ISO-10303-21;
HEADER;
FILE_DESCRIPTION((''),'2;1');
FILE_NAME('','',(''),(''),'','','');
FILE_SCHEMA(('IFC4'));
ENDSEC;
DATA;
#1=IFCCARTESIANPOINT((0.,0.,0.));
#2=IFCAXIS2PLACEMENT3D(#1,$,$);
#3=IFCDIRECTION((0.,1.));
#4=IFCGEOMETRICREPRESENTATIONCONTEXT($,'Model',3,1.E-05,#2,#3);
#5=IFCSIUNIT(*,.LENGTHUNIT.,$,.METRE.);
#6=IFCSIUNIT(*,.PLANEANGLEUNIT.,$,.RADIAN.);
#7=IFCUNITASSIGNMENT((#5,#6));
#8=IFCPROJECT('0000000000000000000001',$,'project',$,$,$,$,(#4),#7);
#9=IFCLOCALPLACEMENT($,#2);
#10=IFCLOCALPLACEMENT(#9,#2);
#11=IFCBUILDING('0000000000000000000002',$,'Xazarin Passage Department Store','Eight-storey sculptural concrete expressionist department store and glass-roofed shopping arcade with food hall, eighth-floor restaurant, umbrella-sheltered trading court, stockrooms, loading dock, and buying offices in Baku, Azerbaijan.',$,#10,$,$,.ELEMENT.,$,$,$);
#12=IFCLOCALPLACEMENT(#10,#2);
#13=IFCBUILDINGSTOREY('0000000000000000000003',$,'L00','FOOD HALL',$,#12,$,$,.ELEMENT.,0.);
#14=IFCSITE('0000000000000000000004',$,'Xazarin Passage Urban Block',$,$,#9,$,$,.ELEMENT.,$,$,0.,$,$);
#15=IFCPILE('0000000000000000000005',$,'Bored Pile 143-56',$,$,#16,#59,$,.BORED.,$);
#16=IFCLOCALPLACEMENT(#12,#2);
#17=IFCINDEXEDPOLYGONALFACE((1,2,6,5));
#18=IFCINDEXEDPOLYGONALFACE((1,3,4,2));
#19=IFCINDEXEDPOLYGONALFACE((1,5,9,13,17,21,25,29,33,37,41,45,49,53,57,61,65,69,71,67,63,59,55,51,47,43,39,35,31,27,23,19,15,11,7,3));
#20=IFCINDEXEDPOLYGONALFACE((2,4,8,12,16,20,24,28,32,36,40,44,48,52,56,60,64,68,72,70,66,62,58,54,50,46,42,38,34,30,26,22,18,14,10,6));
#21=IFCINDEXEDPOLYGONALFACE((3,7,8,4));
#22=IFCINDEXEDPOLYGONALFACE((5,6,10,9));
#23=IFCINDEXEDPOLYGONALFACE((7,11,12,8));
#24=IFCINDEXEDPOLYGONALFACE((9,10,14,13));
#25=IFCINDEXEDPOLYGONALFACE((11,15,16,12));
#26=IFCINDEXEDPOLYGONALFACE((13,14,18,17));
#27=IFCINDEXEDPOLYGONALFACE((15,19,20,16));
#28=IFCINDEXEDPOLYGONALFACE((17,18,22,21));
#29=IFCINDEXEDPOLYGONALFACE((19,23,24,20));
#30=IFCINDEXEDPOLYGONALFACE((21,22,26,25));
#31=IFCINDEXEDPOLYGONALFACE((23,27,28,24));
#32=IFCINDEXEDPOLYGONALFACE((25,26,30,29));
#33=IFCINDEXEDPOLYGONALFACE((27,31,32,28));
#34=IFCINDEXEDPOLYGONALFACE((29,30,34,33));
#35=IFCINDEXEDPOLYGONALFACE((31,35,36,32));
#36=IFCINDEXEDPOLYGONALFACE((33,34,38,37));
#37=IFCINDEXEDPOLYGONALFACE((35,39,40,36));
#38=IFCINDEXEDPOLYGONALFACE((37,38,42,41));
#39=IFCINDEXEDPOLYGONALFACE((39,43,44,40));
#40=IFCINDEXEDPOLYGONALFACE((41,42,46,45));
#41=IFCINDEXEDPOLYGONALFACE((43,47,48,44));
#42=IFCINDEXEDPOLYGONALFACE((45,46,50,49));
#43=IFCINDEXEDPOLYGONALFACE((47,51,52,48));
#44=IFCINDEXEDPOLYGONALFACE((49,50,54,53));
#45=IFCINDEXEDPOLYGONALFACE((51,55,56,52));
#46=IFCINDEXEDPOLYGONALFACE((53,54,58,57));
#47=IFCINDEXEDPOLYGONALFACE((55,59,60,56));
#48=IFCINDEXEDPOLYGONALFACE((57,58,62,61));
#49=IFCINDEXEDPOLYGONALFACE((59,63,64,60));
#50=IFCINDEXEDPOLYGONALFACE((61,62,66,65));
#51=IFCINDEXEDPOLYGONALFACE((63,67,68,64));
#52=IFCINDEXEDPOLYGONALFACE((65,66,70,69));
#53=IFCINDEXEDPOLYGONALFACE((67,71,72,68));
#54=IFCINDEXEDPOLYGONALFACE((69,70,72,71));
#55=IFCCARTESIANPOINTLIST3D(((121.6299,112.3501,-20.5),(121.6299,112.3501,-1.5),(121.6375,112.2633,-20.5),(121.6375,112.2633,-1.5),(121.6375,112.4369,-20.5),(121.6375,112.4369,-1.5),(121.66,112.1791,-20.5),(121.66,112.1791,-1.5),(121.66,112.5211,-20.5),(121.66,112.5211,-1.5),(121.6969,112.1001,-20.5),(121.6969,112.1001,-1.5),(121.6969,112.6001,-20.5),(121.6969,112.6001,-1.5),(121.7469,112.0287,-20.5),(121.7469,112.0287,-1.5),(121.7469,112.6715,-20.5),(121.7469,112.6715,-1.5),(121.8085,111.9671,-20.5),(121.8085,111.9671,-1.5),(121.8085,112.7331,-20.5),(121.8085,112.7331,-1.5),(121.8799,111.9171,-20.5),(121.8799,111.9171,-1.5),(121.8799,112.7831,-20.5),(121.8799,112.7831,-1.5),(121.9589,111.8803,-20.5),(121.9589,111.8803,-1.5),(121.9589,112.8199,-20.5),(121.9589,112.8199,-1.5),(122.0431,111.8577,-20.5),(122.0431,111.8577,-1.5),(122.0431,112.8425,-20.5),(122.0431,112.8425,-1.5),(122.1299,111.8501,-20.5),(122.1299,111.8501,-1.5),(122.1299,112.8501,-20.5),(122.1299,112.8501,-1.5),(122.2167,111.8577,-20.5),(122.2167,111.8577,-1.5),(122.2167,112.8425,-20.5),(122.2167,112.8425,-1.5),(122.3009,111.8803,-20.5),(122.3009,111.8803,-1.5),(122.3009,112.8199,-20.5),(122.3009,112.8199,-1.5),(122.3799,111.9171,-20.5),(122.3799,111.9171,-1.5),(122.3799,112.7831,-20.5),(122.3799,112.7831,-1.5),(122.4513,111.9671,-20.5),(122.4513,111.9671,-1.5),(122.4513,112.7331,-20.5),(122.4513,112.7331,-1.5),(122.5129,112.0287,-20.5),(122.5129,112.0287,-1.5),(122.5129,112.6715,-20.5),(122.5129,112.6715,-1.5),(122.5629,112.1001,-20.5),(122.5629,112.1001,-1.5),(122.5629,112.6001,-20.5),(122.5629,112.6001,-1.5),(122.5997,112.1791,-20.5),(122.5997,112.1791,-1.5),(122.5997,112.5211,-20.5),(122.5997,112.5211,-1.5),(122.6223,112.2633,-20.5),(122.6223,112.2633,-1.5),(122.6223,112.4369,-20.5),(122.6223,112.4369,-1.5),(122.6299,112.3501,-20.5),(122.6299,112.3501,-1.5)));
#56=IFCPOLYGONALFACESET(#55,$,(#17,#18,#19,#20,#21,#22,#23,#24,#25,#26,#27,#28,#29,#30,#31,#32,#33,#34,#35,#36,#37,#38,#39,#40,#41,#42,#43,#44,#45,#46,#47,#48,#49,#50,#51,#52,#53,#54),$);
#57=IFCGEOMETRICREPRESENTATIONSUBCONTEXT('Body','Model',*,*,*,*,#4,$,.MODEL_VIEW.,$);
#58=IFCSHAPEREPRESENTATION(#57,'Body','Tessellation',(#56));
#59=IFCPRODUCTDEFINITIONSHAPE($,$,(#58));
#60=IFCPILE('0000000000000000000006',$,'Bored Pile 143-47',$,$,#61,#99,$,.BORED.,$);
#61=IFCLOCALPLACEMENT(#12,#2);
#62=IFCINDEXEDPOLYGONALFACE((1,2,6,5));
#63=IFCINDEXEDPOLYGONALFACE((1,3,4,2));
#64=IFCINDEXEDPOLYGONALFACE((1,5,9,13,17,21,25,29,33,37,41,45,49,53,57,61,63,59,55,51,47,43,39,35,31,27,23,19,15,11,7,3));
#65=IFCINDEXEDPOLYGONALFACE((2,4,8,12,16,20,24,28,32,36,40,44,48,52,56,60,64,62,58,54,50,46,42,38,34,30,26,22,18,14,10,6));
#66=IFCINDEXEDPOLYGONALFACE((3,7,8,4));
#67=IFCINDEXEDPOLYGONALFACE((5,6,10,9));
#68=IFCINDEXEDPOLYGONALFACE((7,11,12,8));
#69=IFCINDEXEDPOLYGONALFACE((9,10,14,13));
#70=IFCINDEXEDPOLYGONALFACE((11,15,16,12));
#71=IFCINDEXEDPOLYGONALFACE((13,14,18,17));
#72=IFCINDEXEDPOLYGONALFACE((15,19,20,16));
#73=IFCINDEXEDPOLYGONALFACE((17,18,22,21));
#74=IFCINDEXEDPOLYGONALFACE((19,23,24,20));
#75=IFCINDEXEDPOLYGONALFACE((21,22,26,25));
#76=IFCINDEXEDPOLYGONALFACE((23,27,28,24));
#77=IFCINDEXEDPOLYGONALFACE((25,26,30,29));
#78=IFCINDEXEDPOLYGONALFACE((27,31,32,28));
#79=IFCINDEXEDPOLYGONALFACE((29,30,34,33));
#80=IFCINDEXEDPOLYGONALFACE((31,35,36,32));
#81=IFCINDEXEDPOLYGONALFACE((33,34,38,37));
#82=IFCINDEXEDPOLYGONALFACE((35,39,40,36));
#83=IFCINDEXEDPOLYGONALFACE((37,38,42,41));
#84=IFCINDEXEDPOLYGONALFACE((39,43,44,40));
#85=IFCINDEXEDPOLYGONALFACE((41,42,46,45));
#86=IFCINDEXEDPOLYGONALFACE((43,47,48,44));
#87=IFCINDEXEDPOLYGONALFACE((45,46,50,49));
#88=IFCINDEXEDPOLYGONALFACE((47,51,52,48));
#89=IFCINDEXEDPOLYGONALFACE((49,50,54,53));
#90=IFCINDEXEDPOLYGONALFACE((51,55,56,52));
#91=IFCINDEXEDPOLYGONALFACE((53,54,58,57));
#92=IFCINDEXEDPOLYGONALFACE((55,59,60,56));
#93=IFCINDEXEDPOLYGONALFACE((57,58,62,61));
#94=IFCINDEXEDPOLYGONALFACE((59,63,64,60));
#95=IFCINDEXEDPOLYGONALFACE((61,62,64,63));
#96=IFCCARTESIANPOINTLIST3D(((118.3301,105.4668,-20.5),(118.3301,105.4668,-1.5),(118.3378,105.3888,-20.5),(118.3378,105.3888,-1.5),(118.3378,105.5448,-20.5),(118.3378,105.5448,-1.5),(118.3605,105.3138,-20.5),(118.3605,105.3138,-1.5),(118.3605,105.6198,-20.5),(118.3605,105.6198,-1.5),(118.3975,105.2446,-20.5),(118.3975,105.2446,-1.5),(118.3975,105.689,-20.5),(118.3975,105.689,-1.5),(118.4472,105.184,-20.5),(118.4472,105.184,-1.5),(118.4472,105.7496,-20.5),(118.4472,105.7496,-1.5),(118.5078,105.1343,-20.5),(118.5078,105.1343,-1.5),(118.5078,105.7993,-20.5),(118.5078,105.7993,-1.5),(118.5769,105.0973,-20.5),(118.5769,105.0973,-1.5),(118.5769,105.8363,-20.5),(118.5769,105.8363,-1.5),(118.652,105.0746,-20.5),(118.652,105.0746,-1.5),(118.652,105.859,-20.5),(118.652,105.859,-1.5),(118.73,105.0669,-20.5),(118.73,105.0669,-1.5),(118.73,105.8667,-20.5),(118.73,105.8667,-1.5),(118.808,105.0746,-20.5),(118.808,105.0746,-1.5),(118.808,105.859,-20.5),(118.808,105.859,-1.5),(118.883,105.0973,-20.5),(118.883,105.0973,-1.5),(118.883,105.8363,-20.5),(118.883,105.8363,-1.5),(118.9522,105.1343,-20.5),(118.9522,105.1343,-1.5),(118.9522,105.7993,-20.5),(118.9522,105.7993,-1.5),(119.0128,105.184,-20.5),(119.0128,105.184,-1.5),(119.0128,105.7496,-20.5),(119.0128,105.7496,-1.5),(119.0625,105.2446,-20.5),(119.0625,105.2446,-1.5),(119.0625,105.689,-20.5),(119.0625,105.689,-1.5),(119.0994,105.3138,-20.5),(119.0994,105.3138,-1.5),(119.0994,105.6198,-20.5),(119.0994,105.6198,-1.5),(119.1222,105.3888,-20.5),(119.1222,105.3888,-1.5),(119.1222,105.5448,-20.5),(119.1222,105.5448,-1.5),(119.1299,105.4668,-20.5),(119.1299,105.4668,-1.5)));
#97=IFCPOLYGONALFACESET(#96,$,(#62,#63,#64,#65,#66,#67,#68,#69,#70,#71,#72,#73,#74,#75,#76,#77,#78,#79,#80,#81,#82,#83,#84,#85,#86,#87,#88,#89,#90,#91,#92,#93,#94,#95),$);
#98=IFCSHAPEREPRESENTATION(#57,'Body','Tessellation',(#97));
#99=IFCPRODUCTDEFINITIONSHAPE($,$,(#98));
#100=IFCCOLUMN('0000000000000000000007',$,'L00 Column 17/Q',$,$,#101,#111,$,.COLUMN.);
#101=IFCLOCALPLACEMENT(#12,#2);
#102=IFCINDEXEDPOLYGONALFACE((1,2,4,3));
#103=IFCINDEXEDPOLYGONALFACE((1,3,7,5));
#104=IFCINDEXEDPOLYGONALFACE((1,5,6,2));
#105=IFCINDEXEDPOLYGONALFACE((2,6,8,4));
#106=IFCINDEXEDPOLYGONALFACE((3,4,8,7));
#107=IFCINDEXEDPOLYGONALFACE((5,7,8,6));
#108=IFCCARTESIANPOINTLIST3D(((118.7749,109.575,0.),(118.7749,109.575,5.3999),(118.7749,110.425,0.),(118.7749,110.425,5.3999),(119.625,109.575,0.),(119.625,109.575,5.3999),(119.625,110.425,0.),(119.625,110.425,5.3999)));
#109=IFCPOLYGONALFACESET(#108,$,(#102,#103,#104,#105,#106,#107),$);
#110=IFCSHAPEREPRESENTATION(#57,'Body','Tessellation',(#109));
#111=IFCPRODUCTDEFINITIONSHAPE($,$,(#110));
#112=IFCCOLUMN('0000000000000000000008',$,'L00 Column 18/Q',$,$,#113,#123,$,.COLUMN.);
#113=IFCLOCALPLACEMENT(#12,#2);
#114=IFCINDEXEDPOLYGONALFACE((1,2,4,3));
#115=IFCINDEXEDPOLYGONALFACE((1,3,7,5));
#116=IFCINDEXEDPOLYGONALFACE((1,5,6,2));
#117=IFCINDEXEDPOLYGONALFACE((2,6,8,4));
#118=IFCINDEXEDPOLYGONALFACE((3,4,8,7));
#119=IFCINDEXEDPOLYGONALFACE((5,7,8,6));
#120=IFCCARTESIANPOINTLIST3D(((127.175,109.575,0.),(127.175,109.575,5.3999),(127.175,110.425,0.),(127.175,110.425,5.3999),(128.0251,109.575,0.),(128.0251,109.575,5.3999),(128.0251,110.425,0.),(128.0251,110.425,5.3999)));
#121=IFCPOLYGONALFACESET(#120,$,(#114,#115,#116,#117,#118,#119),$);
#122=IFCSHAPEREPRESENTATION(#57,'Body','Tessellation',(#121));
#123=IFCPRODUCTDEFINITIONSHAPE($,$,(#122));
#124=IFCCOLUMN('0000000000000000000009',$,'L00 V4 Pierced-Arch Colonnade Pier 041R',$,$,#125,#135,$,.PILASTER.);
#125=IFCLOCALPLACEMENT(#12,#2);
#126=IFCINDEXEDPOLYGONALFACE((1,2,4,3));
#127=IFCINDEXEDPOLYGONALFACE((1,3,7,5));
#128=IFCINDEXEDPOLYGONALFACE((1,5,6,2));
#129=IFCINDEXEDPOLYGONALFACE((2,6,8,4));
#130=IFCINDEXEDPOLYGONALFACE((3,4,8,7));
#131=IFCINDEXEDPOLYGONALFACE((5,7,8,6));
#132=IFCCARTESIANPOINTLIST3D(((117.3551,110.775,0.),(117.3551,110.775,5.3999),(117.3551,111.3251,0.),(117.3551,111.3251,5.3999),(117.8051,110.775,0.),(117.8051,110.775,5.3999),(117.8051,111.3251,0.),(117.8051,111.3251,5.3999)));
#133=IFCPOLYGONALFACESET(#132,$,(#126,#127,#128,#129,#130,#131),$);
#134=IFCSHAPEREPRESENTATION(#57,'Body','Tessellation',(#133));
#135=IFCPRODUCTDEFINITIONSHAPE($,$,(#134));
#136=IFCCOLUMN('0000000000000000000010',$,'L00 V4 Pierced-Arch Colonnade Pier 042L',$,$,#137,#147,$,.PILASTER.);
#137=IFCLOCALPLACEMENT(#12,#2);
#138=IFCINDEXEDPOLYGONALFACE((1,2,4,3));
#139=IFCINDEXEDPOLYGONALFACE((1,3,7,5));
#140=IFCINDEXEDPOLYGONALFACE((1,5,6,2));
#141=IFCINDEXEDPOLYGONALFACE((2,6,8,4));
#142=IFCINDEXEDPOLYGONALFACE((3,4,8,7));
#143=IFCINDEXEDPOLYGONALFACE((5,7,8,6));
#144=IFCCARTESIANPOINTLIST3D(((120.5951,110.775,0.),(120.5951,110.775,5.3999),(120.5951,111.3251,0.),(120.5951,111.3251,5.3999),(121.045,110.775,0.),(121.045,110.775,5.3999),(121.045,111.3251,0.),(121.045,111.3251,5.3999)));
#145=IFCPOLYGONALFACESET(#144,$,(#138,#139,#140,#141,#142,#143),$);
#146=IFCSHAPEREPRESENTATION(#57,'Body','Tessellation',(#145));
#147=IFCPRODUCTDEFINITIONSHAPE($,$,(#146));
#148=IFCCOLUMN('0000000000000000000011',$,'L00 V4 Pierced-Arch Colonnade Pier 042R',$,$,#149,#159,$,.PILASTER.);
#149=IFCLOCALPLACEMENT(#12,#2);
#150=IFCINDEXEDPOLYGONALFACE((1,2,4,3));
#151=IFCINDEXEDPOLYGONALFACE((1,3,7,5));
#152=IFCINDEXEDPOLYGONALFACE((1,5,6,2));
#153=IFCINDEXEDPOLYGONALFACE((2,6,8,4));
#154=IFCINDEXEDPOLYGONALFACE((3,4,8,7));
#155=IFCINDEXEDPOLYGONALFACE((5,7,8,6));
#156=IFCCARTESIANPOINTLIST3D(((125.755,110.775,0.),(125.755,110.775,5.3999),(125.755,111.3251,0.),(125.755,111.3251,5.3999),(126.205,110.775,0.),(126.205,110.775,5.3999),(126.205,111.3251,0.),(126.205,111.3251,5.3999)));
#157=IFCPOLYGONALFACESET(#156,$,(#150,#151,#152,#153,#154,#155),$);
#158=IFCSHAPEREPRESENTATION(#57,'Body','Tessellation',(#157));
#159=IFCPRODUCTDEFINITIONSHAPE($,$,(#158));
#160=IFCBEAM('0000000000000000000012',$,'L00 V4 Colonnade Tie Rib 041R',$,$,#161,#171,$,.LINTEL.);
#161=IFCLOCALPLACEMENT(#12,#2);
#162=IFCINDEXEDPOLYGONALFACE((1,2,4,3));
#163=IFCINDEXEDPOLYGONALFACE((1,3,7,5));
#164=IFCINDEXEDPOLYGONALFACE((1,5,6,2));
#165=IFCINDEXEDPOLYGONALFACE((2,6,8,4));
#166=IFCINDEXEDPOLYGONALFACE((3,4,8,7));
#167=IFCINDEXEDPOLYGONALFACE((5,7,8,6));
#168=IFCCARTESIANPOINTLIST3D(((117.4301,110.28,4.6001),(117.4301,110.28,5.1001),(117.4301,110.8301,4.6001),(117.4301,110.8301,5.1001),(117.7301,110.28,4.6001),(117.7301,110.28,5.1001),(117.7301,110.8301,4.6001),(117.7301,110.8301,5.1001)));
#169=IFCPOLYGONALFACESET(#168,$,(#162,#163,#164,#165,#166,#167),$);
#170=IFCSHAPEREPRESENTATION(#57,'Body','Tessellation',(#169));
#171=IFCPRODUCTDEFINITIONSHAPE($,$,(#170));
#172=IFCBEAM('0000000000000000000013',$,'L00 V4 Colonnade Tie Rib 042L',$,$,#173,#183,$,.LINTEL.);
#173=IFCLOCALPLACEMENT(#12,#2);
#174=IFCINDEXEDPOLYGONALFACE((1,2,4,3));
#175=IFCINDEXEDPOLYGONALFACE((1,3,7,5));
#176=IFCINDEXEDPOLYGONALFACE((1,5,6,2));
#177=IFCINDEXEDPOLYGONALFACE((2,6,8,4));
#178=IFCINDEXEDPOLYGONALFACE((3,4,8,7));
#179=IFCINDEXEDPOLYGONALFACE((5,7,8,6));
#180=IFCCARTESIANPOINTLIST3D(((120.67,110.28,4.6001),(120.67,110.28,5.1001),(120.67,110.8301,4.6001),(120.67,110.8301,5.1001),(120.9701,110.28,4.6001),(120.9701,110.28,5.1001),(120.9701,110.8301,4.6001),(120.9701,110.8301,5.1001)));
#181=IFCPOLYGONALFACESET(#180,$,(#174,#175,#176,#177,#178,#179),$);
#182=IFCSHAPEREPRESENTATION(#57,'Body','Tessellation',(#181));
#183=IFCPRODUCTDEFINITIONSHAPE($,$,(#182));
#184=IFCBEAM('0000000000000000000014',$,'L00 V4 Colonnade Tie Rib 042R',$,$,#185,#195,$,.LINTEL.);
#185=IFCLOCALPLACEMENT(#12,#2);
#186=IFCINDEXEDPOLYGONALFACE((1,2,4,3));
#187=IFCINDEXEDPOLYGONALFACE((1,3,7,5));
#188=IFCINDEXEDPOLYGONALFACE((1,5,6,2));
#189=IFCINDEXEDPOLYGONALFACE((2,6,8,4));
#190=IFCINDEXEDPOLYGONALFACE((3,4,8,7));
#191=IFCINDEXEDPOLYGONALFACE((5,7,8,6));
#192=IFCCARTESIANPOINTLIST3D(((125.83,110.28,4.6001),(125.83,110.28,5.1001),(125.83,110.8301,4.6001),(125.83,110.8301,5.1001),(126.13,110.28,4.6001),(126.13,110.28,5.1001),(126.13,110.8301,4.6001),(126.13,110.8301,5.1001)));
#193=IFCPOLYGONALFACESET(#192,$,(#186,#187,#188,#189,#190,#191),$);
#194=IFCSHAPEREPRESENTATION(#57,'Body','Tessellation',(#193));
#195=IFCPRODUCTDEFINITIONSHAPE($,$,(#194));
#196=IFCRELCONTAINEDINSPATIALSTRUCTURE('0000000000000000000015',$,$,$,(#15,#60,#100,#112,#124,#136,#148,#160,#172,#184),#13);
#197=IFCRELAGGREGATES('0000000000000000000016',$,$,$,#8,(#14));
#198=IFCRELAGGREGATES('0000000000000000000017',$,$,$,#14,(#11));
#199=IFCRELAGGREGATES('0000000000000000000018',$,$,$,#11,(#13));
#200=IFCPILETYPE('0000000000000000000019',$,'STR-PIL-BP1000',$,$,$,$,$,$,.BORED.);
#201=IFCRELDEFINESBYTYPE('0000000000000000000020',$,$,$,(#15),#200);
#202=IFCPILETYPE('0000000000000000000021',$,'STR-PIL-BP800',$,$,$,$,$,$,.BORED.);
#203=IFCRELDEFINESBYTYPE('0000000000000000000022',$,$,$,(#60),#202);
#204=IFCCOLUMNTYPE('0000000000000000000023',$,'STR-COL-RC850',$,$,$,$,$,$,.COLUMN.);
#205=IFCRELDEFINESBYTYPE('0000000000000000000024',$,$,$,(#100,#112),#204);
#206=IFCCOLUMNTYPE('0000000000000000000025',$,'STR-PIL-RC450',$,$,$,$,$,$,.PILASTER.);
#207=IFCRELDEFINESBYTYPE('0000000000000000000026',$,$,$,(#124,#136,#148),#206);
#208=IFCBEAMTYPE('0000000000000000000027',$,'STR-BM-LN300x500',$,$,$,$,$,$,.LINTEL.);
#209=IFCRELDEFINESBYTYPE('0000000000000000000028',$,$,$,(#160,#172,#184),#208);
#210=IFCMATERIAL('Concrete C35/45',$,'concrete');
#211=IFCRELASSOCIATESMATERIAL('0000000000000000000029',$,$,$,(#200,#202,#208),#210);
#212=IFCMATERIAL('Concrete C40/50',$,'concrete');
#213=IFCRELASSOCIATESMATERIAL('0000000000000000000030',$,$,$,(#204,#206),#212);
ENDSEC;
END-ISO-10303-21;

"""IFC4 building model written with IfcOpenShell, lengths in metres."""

from ifc_helpers import new_model, si_unit, direction, frame, origin, origin_2d, place, context, subcontext, project, spatial, rectangle, circle, extrude, material, material_profile, profile_set, type_object, element, save


model = new_model("IFC4")

# Units and contexts
model_context = context("Model", 3, precision=1e-05, world=origin(), true_north=direction((0.0, 1.0)))
body_context = subcontext(model_context, "Body", "Model", "MODEL_VIEW")
ifc_project = project(units=[si_unit("LENGTHUNIT", "METRE"), si_unit("PLANEANGLEUNIT", "RADIAN")], contexts=[model_context])

# Site, building, storey
site_placement = place(None, origin())
site = spatial("IfcSite", under=ifc_project, at=site_placement, Name="Xazarin Passage Urban Block", CompositionType="ELEMENT", RefElevation=0.0)
building_placement = place(site_placement, origin())
building = spatial("IfcBuilding", under=site, at=building_placement, Name="Xazarin Passage Department Store", Description="Eight-storey sculptural concrete expressionist department store and glass-roofed shopping arcade with food hall, eighth-floor restaurant, umbrella-sheltered trading court, stockrooms, loading dock, and buying offices in Baku, Azerbaijan.", CompositionType="ELEMENT")
storey_placement = place(building_placement, origin())
storey = spatial("IfcBuildingStorey", under=building, at=storey_placement, Name="L00", Description="FOOD HALL", CompositionType="ELEMENT", Elevation=0.0)

# Piles
ifc_material_1 = material(Name="Concrete C35/45", Category="concrete")
ifc_material_profile_1 = material_profile(ifc_material_1, circle(Radius=0.5, at=origin_2d()), Name="BP 1000")
ifc_profile_set_1 = profile_set([ifc_material_profile_1], Name="Concrete C35/45")
pile_type_1 = type_object("IfcPileType", Name="STR-PIL-BP1000", PredefinedType="BORED", material=ifc_profile_set_1)
for number, where, z_axis, x_axis, name in (
    (1, (122.1299, 112.3501, -1.5), (0.0, 0.0, -1.0), (1.0, 0.0, 0.0), "Bored Pile 143-56"),
):
    element("IfcPile", number, at=place(storey_placement, frame(where, z_axis=z_axis, x_axis=x_axis)), inside=storey, type_object=pile_type_1, Name=name, PredefinedType="BORED", context=body_context, shape_type="SweptSolid", body=[
        extrude(circle(Radius=0.5, at=origin_2d()), origin(), (0.0, 0.0, 1.0), 19.0),
    ])
ifc_material_profile_2 = material_profile(ifc_material_1, circle(Radius=0.3999, at=origin_2d()), Name="BP 800")
ifc_profile_set_2 = profile_set([ifc_material_profile_2], Name="Concrete C35/45")
pile_type_2 = type_object("IfcPileType", Name="STR-PIL-BP800", PredefinedType="BORED", material=ifc_profile_set_2)
pile_placement = place(storey_placement, frame((118.73, 105.4668, -1.5), z_axis=(0.0, 0.0, -1.0), x_axis=(1.0, 0.0, 0.0)))
element("IfcPile", 2, at=pile_placement, inside=storey, type_object=pile_type_2, Name="Bored Pile 143-47", PredefinedType="BORED", context=body_context, shape_type="SweptSolid", body=[
    extrude(circle(Radius=0.3999, at=origin_2d()), origin(), (0.0, 0.0, 1.0), 19.0),
])

# Columns
ifc_material_2 = material(Name="Concrete C40/50", Category="concrete")
ifc_material_profile_3 = material_profile(ifc_material_2, rectangle(XDim=0.8501, YDim=0.8501, at=origin_2d()), Name="RC 850x850")
ifc_profile_set_3 = profile_set([ifc_material_profile_3], Name="Concrete C40/50")
column_type_1 = type_object("IfcColumnType", Name="STR-COL-RC850", PredefinedType="COLUMN", material=ifc_profile_set_3)
for number, where, z_axis, x_axis, name in (
    (3, (119.2, 110.0, 0.0), (0.0, 0.0, 1.0), (1.0, 0.0, 0.0), "L00 Column 17/Q"),
    (4, (127.6001, 110.0, 0.0), (0.0, 0.0, 1.0), (1.0, 0.0, 0.0), "L00 Column 18/Q"),
):
    element("IfcColumn", number, at=place(storey_placement, frame(where, z_axis=z_axis, x_axis=x_axis)), inside=storey, type_object=column_type_1, Name=name, PredefinedType="COLUMN", context=body_context, shape_type="SweptSolid", body=[
        extrude(rectangle(XDim=0.8501, YDim=0.8501, at=origin_2d()), origin(), (0.0, 0.0, 1.0), 5.3999),
    ])
ifc_material_profile_4 = material_profile(ifc_material_2, rectangle(XDim=0.45, YDim=0.55, at=origin_2d()), Name="RC 450x550")
ifc_profile_set_4 = profile_set([ifc_material_profile_4], Name="Concrete C40/50")
column_type_2 = type_object("IfcColumnType", Name="STR-PIL-RC450", PredefinedType="PILASTER", material=ifc_profile_set_4)
for number, where, z_axis, x_axis, name in (
    (5, (117.5801, 111.05, 0.0), (0.0, 0.0, 1.0), (1.0, 0.0, 0.0), "L00 V4 Pierced-Arch Colonnade Pier 041R"),
    (6, (120.8201, 111.05, 0.0), (0.0, 0.0, 1.0), (1.0, 0.0, 0.0), "L00 V4 Pierced-Arch Colonnade Pier 042L"),
    (7, (125.98, 111.05, 0.0), (0.0, 0.0, 1.0), (1.0, 0.0, 0.0), "L00 V4 Pierced-Arch Colonnade Pier 042R"),
):
    element("IfcColumn", number, at=place(storey_placement, frame(where, z_axis=z_axis, x_axis=x_axis)), inside=storey, type_object=column_type_2, Name=name, PredefinedType="PILASTER", context=body_context, shape_type="SweptSolid", body=[
        extrude(rectangle(XDim=0.45, YDim=0.55, at=origin_2d()), origin(), (0.0, 0.0, 1.0), 5.3999),
    ])

# Beams
ifc_material_profile_5 = material_profile(ifc_material_1, rectangle(XDim=0.3, YDim=0.5, at=origin_2d()), Name="RC 300x500")
ifc_profile_set_5 = profile_set([ifc_material_profile_5], Name="Concrete C35/45")
beam_type = type_object("IfcBeamType", Name="STR-BM-LN300x500", PredefinedType="LINTEL", material=ifc_profile_set_5)
for number, where, z_axis, x_axis, name in (
    (8, (117.5801, 110.28, 4.8501), (0.0, 1.0, 0.0), (-1.0, 0.0, 0.0), "L00 V4 Colonnade Tie Rib 041R"),
    (9, (120.8201, 110.28, 4.8501), (0.0, 1.0, 0.0), (-1.0, 0.0, 0.0), "L00 V4 Colonnade Tie Rib 042L"),
    (10, (125.98, 110.28, 4.8501), (0.0, 1.0, 0.0), (-1.0, 0.0, 0.0), "L00 V4 Colonnade Tie Rib 042R"),
):
    element("IfcBeam", number, at=place(storey_placement, frame(where, z_axis=z_axis, x_axis=x_axis)), inside=storey, type_object=beam_type, Name=name, PredefinedType="LINTEL", context=body_context, shape_type="SweptSolid", body=[
        extrude(rectangle(XDim=0.3, YDim=0.5, at=origin_2d()), origin(), (0.0, 0.0, 1.0), 0.55),
    ])

save(model, "model.ifc")
